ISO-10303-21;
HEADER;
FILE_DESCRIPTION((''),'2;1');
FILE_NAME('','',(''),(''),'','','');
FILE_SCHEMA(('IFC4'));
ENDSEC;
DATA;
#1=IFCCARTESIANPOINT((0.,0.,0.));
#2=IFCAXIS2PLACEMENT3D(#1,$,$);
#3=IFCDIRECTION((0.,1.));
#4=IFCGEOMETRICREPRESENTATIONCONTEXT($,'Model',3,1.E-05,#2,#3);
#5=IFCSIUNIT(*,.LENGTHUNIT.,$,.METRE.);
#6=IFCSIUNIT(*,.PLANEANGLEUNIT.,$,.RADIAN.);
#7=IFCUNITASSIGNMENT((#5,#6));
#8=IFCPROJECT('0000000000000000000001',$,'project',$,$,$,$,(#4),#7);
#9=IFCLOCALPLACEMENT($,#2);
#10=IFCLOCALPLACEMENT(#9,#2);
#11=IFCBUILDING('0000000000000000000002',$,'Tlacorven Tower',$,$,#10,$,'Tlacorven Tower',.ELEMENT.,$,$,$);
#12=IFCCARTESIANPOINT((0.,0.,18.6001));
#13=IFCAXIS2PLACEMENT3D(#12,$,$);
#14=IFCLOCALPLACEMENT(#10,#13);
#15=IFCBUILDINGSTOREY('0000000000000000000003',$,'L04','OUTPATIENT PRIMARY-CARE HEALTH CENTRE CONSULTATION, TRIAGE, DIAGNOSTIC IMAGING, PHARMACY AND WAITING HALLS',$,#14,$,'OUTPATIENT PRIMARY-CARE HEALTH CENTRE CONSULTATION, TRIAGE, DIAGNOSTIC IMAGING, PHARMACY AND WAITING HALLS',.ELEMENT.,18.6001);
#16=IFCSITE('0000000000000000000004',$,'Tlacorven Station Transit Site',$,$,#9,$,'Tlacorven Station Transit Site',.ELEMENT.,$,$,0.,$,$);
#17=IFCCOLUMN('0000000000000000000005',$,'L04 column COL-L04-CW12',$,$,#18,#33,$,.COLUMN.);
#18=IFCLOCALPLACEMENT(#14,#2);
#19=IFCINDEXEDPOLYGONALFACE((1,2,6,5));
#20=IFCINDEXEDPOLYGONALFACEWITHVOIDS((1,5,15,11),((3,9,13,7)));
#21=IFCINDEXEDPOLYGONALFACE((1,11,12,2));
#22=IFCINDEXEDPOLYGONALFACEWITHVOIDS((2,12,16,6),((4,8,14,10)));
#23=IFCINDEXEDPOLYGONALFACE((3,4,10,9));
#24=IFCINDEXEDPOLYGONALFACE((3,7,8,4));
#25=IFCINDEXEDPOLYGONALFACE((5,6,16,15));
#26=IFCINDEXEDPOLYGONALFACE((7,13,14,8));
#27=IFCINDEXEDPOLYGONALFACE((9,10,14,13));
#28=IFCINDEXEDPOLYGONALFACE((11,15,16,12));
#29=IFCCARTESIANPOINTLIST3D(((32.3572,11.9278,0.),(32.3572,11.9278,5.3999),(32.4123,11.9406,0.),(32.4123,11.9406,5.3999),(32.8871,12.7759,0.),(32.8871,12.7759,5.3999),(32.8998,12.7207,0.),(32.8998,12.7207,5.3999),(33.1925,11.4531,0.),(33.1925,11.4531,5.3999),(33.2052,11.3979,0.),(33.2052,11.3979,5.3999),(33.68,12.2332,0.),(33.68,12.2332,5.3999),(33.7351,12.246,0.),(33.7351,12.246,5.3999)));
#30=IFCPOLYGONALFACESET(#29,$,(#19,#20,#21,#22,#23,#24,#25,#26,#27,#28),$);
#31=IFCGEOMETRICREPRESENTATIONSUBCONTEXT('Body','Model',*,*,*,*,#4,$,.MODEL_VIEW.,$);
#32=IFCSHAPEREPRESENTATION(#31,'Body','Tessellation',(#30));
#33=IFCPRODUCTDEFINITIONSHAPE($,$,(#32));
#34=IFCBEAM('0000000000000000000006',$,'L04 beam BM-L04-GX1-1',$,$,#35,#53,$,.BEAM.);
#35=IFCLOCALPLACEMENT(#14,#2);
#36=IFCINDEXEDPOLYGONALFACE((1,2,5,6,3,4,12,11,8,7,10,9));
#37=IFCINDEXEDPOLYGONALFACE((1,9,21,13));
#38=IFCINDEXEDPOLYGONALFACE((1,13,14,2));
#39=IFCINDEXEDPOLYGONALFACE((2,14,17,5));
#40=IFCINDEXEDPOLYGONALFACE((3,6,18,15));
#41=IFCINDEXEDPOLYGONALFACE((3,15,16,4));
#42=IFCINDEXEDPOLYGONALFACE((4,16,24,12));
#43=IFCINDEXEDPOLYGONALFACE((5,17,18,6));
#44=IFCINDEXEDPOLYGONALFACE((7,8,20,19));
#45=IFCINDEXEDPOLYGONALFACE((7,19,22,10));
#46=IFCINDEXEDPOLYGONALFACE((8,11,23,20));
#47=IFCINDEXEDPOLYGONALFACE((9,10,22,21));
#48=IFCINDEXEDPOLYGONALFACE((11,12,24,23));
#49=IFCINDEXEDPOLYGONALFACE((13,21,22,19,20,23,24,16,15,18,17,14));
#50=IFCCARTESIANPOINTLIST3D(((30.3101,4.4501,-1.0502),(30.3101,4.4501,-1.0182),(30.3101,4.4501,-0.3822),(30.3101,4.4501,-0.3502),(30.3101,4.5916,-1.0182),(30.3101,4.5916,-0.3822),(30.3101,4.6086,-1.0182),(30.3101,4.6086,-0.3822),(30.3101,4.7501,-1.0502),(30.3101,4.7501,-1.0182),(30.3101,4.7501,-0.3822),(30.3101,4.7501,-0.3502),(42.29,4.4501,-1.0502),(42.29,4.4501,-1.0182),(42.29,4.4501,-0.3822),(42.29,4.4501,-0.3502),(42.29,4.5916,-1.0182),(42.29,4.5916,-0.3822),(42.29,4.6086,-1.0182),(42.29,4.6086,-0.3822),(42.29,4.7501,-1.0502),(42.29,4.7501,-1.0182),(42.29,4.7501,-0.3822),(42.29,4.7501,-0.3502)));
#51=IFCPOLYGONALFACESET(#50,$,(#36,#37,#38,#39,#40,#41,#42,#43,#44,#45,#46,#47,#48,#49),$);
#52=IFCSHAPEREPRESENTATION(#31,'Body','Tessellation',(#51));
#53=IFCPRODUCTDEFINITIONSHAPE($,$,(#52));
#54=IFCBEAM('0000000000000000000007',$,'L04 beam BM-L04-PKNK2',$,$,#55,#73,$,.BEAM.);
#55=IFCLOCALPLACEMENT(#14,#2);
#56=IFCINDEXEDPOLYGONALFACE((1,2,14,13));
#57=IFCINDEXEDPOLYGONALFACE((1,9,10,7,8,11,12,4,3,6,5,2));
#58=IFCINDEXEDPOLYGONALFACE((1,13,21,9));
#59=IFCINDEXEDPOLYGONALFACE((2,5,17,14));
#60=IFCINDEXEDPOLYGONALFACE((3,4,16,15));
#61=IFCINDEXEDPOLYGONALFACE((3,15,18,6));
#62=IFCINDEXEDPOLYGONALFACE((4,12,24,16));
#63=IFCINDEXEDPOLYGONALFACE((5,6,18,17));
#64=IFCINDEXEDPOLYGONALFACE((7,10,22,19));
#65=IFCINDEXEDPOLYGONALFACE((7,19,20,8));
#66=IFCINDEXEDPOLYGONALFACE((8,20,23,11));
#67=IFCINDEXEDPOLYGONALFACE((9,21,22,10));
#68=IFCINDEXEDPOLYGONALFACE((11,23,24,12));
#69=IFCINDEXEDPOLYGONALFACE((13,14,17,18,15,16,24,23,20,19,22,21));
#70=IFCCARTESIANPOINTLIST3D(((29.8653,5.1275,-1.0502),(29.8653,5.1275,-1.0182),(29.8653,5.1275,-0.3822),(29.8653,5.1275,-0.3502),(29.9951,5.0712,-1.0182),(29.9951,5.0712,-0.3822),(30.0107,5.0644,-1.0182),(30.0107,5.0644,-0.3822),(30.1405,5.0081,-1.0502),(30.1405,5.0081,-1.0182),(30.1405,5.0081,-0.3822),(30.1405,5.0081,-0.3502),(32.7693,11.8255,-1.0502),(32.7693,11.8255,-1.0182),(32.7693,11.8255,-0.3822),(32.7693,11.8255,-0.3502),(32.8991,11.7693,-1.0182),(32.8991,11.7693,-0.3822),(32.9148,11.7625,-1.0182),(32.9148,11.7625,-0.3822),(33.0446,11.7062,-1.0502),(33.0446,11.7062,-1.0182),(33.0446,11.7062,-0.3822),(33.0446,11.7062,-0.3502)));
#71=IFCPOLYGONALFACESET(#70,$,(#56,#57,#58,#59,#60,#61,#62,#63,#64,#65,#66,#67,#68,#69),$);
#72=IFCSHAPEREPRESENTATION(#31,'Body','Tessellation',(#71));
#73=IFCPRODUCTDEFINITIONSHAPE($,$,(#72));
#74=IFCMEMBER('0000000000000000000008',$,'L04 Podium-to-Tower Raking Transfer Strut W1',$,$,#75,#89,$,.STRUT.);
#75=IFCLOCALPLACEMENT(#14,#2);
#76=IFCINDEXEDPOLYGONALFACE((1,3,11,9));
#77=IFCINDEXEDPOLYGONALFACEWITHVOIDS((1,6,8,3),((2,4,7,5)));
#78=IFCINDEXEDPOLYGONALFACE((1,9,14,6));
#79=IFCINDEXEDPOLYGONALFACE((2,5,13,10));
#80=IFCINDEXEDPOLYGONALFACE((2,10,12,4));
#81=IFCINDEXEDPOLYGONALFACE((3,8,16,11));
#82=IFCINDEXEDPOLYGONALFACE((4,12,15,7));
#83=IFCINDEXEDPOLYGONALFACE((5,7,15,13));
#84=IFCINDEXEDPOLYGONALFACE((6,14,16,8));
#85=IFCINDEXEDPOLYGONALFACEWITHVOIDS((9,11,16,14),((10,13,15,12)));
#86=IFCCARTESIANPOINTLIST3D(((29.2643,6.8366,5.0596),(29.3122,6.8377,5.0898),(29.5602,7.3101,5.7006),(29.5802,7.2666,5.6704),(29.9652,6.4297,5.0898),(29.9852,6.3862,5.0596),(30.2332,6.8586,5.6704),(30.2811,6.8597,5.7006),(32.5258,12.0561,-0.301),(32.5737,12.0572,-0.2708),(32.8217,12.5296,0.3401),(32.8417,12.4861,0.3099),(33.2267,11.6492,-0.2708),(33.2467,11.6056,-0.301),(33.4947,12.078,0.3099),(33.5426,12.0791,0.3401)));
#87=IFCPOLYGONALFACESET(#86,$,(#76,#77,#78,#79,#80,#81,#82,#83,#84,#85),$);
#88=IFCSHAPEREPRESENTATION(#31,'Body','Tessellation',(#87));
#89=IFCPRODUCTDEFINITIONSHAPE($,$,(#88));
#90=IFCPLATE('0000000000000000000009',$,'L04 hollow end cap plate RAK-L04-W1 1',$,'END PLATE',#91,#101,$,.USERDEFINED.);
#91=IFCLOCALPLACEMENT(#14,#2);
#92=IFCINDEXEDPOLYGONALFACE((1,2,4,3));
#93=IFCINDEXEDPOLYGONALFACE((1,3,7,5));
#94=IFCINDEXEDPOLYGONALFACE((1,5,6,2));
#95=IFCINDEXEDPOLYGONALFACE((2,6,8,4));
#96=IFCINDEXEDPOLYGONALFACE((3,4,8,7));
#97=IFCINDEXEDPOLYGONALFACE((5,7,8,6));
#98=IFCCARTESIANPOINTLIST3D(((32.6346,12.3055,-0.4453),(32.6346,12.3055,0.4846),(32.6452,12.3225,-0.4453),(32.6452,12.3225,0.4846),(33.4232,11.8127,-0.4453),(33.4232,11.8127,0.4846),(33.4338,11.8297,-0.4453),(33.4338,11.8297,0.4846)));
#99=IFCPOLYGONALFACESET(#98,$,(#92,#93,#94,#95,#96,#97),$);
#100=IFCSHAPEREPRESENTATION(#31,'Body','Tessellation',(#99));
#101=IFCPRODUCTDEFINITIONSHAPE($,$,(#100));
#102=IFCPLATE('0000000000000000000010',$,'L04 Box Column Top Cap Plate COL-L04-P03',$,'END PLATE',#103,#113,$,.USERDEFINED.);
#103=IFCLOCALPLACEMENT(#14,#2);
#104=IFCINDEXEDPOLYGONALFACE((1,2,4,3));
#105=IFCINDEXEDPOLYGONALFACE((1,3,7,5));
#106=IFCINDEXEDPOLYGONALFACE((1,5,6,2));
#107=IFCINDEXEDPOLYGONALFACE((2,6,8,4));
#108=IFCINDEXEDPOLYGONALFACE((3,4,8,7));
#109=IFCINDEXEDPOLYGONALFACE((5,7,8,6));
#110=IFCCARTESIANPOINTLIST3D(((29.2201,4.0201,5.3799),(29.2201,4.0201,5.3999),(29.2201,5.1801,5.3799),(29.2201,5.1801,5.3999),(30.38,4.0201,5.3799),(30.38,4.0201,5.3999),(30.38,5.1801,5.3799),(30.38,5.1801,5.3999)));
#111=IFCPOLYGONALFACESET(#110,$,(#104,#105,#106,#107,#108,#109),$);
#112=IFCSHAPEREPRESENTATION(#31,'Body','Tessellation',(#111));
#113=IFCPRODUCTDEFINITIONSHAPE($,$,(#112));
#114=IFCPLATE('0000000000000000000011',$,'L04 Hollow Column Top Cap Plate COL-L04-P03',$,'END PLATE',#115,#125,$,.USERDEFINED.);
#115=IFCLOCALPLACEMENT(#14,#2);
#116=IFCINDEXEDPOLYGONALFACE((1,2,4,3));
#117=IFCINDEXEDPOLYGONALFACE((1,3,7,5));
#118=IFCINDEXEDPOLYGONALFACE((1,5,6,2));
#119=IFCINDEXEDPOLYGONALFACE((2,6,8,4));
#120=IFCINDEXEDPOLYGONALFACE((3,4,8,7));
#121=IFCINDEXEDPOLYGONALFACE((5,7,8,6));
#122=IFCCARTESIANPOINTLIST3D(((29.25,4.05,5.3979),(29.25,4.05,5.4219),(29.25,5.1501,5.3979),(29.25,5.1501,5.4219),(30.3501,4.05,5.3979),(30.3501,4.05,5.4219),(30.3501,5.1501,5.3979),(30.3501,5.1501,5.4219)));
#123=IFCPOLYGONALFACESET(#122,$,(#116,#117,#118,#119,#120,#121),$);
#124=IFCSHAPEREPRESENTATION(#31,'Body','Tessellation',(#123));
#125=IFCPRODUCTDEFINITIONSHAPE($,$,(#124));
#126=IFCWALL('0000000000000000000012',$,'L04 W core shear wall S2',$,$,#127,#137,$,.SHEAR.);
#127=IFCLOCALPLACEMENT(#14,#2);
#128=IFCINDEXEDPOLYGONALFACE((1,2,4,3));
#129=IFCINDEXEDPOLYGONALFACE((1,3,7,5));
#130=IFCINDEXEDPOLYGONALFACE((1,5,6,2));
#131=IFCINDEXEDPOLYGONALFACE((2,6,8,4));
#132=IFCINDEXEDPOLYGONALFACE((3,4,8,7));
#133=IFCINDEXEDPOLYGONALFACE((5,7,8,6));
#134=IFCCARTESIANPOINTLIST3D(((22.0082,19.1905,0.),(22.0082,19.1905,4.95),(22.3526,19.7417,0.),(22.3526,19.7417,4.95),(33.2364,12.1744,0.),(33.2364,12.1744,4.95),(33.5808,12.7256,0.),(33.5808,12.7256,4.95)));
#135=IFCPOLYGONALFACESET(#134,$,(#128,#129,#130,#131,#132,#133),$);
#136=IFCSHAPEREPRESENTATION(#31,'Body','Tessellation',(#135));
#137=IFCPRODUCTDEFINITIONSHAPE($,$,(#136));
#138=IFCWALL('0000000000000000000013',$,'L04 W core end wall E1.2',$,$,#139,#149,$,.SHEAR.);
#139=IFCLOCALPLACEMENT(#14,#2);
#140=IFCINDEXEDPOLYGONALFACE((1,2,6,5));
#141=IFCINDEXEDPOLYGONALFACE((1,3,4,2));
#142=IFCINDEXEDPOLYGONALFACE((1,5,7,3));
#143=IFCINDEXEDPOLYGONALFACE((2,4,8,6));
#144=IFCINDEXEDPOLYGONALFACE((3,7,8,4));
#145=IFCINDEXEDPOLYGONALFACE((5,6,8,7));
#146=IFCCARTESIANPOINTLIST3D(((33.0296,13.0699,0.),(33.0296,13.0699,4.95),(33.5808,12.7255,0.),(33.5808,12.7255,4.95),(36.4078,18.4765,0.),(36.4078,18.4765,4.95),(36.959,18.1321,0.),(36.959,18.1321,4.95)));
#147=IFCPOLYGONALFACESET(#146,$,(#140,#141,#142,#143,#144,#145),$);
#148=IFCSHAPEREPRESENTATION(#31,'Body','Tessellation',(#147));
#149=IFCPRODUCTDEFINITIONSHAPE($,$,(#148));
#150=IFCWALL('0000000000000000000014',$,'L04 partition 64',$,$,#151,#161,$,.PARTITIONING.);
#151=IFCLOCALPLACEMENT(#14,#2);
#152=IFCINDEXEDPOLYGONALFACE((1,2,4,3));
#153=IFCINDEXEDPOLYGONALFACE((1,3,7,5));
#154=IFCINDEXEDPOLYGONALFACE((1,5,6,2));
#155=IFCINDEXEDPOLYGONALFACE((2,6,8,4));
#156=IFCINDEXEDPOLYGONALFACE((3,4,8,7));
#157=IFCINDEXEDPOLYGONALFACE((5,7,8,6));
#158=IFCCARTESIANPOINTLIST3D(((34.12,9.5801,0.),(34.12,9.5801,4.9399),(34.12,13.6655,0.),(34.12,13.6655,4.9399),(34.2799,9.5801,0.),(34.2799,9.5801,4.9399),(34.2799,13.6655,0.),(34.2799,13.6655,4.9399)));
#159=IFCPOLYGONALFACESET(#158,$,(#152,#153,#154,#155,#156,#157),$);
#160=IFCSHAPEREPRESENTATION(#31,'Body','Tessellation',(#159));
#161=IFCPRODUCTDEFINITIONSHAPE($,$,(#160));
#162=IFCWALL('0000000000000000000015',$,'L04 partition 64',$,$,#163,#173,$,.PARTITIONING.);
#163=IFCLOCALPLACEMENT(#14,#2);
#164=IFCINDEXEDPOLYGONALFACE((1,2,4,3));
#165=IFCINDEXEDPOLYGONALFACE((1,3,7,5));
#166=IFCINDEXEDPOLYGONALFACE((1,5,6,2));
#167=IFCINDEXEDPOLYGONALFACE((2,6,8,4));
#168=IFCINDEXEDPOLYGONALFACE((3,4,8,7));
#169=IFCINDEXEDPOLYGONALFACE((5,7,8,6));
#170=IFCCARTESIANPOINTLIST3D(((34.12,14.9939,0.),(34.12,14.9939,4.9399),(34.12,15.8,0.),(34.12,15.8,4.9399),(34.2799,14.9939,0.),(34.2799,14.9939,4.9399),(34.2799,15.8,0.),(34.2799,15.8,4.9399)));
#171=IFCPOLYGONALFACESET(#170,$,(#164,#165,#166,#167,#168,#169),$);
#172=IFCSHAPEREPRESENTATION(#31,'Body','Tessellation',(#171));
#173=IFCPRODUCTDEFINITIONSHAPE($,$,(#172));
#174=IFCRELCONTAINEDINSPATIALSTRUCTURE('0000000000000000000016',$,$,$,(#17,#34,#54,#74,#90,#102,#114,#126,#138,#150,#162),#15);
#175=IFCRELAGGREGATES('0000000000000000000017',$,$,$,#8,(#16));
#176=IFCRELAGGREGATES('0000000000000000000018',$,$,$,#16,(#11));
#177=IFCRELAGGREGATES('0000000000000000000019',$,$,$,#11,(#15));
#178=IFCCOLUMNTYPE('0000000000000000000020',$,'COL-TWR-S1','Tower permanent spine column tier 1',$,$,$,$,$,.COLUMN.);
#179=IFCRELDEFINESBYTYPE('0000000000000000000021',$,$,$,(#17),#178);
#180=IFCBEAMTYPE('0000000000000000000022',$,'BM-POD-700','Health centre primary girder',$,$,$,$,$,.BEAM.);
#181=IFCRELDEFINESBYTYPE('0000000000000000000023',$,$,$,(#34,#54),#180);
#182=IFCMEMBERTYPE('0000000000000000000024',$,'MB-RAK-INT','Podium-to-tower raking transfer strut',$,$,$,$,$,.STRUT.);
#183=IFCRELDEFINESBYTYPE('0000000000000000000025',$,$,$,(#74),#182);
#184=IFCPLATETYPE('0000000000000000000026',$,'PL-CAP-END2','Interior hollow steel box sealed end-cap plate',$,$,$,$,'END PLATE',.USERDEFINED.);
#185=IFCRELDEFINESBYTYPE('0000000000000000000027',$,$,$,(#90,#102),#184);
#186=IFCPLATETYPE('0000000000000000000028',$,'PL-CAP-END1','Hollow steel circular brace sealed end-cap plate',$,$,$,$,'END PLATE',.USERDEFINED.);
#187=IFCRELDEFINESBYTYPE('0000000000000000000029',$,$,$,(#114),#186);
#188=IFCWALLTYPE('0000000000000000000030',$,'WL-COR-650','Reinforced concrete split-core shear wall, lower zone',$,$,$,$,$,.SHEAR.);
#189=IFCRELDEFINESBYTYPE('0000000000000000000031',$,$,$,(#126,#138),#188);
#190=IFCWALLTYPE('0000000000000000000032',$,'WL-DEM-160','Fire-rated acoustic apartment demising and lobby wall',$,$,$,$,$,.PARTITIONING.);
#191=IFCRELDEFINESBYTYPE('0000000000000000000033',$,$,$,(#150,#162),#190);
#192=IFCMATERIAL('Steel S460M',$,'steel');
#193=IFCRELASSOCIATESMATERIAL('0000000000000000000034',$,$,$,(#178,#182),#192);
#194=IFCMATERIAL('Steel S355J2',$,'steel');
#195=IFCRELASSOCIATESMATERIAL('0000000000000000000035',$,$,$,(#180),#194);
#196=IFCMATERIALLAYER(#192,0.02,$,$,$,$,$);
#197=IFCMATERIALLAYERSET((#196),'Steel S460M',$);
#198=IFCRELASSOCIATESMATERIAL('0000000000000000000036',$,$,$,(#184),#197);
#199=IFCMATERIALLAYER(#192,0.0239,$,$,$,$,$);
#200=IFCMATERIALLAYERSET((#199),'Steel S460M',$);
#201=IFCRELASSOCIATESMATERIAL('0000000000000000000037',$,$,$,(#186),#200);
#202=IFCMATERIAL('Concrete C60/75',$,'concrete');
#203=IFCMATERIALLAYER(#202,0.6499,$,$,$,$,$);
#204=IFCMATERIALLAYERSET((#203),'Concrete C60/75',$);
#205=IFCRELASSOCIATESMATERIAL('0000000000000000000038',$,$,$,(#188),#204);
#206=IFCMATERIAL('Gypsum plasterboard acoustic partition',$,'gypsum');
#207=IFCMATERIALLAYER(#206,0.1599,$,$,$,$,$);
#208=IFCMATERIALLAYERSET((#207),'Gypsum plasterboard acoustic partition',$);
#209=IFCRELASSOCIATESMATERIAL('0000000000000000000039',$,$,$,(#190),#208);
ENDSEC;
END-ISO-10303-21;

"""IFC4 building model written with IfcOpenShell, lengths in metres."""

from ifc_helpers import new_model, si_unit, direction, frame, frame_2d, origin, origin_2d, place, context, subcontext, project, spatial, rectangle, hollow_rectangle, i_section, extrude, source, transform, mapped, material, layer, layer_set, material_profile, profile_set, type_object, element, save


model = new_model("IFC4")

# Units and contexts
model_context = context("Model", 3, precision=1e-05, world=origin(), true_north=direction((0.0, 1.0)))
body_context = subcontext(model_context, "Body", "Model", "MODEL_VIEW")
ifc_project = project(units=[si_unit("LENGTHUNIT", "METRE"), si_unit("PLANEANGLEUNIT", "RADIAN")], contexts=[model_context])

# Site, building, storey
site_placement = place(None, origin())
site = spatial("IfcSite", under=ifc_project, at=site_placement, Name="Tlacorven Station Transit Site", LongName="Tlacorven Station Transit Site", CompositionType="ELEMENT", RefElevation=0.0)
building_placement = place(site_placement, origin())
building = spatial("IfcBuilding", under=site, at=building_placement, Name="Tlacorven Tower", LongName="Tlacorven Tower", CompositionType="ELEMENT")
storey_placement = place(building_placement, frame((0.0, 0.0, 18.6001)))
storey = spatial("IfcBuildingStorey", under=building, at=storey_placement, Name="L04", Description="OUTPATIENT PRIMARY-CARE HEALTH CENTRE CONSULTATION, TRIAGE, DIAGNOSTIC IMAGING, PHARMACY AND WAITING HALLS", LongName="OUTPATIENT PRIMARY-CARE HEALTH CENTRE CONSULTATION, TRIAGE, DIAGNOSTIC IMAGING, PHARMACY AND WAITING HALLS", CompositionType="ELEMENT", Elevation=18.6001)

# Column
ifc_material_1 = material(Name="Steel S460M", Category="steel")
ifc_material_profile_1 = material_profile(ifc_material_1, hollow_rectangle(XDim=1.0, YDim=1.0, WallThickness=0.04, at=origin_2d()), Name="BOX 1000X1000X40")
ifc_profile_set_1 = profile_set([ifc_material_profile_1], Name="Steel S460M")
column_type = type_object("IfcColumnType", Name="COL-TWR-S1", Description="Tower permanent spine column tier 1", PredefinedType="COLUMN", material=ifc_profile_set_1)
shared_shape_1 = source(origin(), body_context, "Body", "SweptSolid", [
    extrude(hollow_rectangle(XDim=1.0, YDim=1.0, WallThickness=0.04, at=origin_2d()), origin(), (0.0, 0.0, 1.0), 5.3999),
])
column_placement = place(storey_placement, frame((33.0461, 12.0869, 0.0), z_axis=(0.0, 0.0, 1.0), x_axis=(-0.848048, 0.529919, 0.0)))
element("IfcColumn", 1, at=column_placement, inside=storey, type_object=column_type, Name="L04 column COL-L04-CW12", PredefinedType="COLUMN", context=body_context, shape_type="MappedRepresentation", body=[
    mapped(shared_shape_1, transform((0.0, 0.0, 0.0), scale=1.0)),
])

# Beams
ifc_material_2 = material(Name="Steel S355J2", Category="steel")
ifc_material_profile_2 = material_profile(ifc_material_2, i_section(OverallWidth=0.3, OverallDepth=0.7, WebThickness=0.0171, FlangeThickness=0.032, at=origin_2d()), Name="HEB 700")
ifc_profile_set_2 = profile_set([ifc_material_profile_2], Name="Steel S355J2")
beam_type = type_object("IfcBeamType", Name="BM-POD-700", Description="Health centre primary girder", PredefinedType="BEAM", material=ifc_profile_set_2)
shared_shape_2 = source(origin(), body_context, "Body", "SweptSolid", [
    extrude(i_section(OverallWidth=0.3, OverallDepth=0.7, WebThickness=0.0171, FlangeThickness=0.032, at=origin_2d()), origin(), (0.0, 0.0, 1.0), 11.98),
])
beam_1_placement = place(storey_placement, frame((30.3101, 4.6001, -0.7002), z_axis=(1.0, 0.0, 0.0), x_axis=(0.0, 1.0, 0.0)))
element("IfcBeam", 2, at=beam_1_placement, inside=storey, type_object=beam_type, Name="L04 beam BM-L04-GX1-1", PredefinedType="BEAM", context=body_context, shape_type="MappedRepresentation", body=[
    mapped(shared_shape_2, transform((0.0, 0.0, 0.0), scale=1.0)),
])
shared_shape_3 = source(origin(), body_context, "Body", "SweptSolid", [
    extrude(i_section(OverallWidth=0.3, OverallDepth=0.7, WebThickness=0.0171, FlangeThickness=0.032, at=origin_2d()), origin(), (0.0, 0.0, 1.0), 7.3005),
])
beam_2_placement = place(storey_placement, frame((32.907, 11.7659, -0.7002), z_axis=(-0.39779, -0.917476, 0.0), x_axis=(0.917476, -0.39779, 0.0)))
element("IfcBeam", 3, at=beam_2_placement, inside=storey, type_object=beam_type, Name="L04 beam BM-L04-PKNK2", PredefinedType="BEAM", context=body_context, shape_type="MappedRepresentation", body=[
    mapped(shared_shape_3, transform((0.0, 0.0, 0.0), scale=1.0)),
])

# Member
ifc_material_profile_3 = material_profile(ifc_material_1, hollow_rectangle(XDim=0.8501, YDim=0.8501, WallThickness=0.04, at=origin_2d()), Name="BOX 850X850X40")
ifc_profile_set_3 = profile_set([ifc_material_profile_3], Name="Steel S460M")
member_type = type_object("IfcMemberType", Name="MB-RAK-INT", Description="Podium-to-tower raking transfer strut", PredefinedType="STRUT", material=ifc_profile_set_3)
shared_shape_4 = source(origin(), body_context, "Body", "SweptSolid", [
    extrude(hollow_rectangle(XDim=0.8501, YDim=0.8501, WallThickness=0.04, at=origin_2d()), origin(), (0.0, 0.0, 1.0), 8.1619),
])
member_placement = place(storey_placement, frame((33.0342, 12.0676, 0.0195), z_axis=(-0.399599, -0.639496, 0.656785), x_axis=(0.84805, -0.529917, 0.0)))
element("IfcMember", 4, at=member_placement, inside=storey, type_object=member_type, Name="L04 Podium-to-Tower Raking Transfer Strut W1", PredefinedType="STRUT", context=body_context, shape_type="MappedRepresentation", body=[
    mapped(shared_shape_4, transform((0.0, 0.0, 0.0), scale=1.0)),
])

# Plates
ifc_layer_1 = layer(ifc_material_1, 0.02)
ifc_layer_set_1 = layer_set([ifc_layer_1], Name="Steel S460M")
plate_type_1 = type_object("IfcPlateType", Name="PL-CAP-END2", Description="Interior hollow steel box sealed end-cap plate", ElementType="END PLATE", PredefinedType="USERDEFINED", material=ifc_layer_set_1)
shared_shape_5 = source(origin(), body_context, "Body", "SweptSolid", [
    extrude(rectangle(XDim=0.02, YDim=0.9299, at=origin_2d()), origin(), (0.0, 0.0, 1.0), 0.9299),
])
plate_1_placement = place(storey_placement, frame((33.0342, 12.0676, -0.4453), z_axis=(0.0, 0.0, 1.0), x_axis=(-0.529919, -0.848048, 0.0)))
element("IfcPlate", 5, at=plate_1_placement, inside=storey, type_object=plate_type_1, Name="L04 hollow end cap plate RAK-L04-W1 1", ObjectType="END PLATE", PredefinedType="USERDEFINED", context=body_context, shape_type="MappedRepresentation", body=[
    mapped(shared_shape_5, transform((0.0, 0.0, 0.0), scale=1.0)),
])
shared_shape_6 = source(origin(), body_context, "Body", "SweptSolid", [
    extrude(rectangle(XDim=1.1599, YDim=1.1599, at=origin_2d()), origin(), (0.0, 0.0, 1.0), 0.02),
])
plate_2_placement = place(storey_placement, frame((29.8, 4.6001, 5.3799), z_axis=(0.0, 0.0, 1.0), x_axis=(1.0, 0.0, 0.0)))
element("IfcPlate", 6, at=plate_2_placement, inside=storey, type_object=plate_type_1, Name="L04 Box Column Top Cap Plate COL-L04-P03", ObjectType="END PLATE", PredefinedType="USERDEFINED", context=body_context, shape_type="MappedRepresentation", body=[
    mapped(shared_shape_6, transform((0.0, 0.0, 0.0), scale=1.0)),
])
ifc_layer_2 = layer(ifc_material_1, 0.0239)
ifc_layer_set_2 = layer_set([ifc_layer_2], Name="Steel S460M")
plate_type_2 = type_object("IfcPlateType", Name="PL-CAP-END1", Description="Hollow steel circular brace sealed end-cap plate", ElementType="END PLATE", PredefinedType="USERDEFINED", material=ifc_layer_set_2)
shared_shape_7 = source(origin(), body_context, "Body", "SweptSolid", [
    extrude(rectangle(XDim=1.1001, YDim=1.1001, at=origin_2d()), origin(), (0.0, 0.0, 1.0), 0.0239),
])
plate_3_placement = place(storey_placement, frame((29.8, 4.6001, 5.3979), z_axis=(0.0, 0.0, 1.0), x_axis=(1.0, 0.0, 0.0)))
element("IfcPlate", 7, at=plate_3_placement, inside=storey, type_object=plate_type_2, Name="L04 Hollow Column Top Cap Plate COL-L04-P03", ObjectType="END PLATE", PredefinedType="USERDEFINED", context=body_context, shape_type="MappedRepresentation", body=[
    mapped(shared_shape_7, transform((0.0, 0.0, 0.0), scale=1.0)),
])

# Walls
ifc_material_3 = material(Name="Concrete C60/75", Category="concrete")
ifc_layer_3 = layer(ifc_material_3, 0.6499)
ifc_layer_set_3 = layer_set([ifc_layer_3], Name="Concrete C60/75")
wall_type_1 = type_object("IfcWallType", Name="WL-COR-650", Description="Reinforced concrete split-core shear wall, lower zone", PredefinedType="SHEAR", material=ifc_layer_set_3)
wall_1_placement = place(storey_placement, frame((33.4087, 12.45, 0.0), z_axis=(0.0, 0.0, 1.0), x_axis=(-0.848051, 0.529914, 0.0)))
element("IfcWall", 8, at=wall_1_placement, inside=storey, type_object=wall_type_1, Name="L04 W core shear wall S2", PredefinedType="SHEAR", context=body_context, shape_type="SweptSolid", body=[
    extrude(rectangle(XDim=13.24, YDim=0.6499, at=frame_2d((6.6201, 0.0))), origin(), (0.0, 0.0, 1.0), 4.95),
])
wall_2_placement = place(storey_placement, frame((36.6833, 18.3042, 0.0), z_axis=(0.0, 0.0, 1.0), x_axis=(-0.529899, -0.848061, 0.0)))
element("IfcWall", 9, at=wall_2_placement, inside=storey, type_object=wall_type_1, Name="L04 W core end wall E1.2", PredefinedType="SHEAR", context=body_context, shape_type="SweptSolid", body=[
    extrude(rectangle(XDim=6.3752, YDim=0.6499, at=frame_2d((3.1875, 0.0))), origin(), (0.0, 0.0, 1.0), 4.95),
])
ifc_material_4 = material(Name="Gypsum plasterboard acoustic partition", Category="gypsum")
ifc_layer_4 = layer(ifc_material_4, 0.1599)
ifc_layer_set_4 = layer_set([ifc_layer_4], Name="Gypsum plasterboard acoustic partition")
wall_type_2 = type_object("IfcWallType", Name="WL-DEM-160", Description="Fire-rated acoustic apartment demising and lobby wall", PredefinedType="PARTITIONING", material=ifc_layer_set_4)
wall_3_placement = place(storey_placement, frame((34.2, 9.5801, 0.0), z_axis=(0.0, 0.0, 1.0), x_axis=(0.0, 1.0, 0.0)))
element("IfcWall", 10, at=wall_3_placement, inside=storey, type_object=wall_type_2, Name="L04 partition 64", PredefinedType="PARTITIONING", context=body_context, shape_type="SweptSolid", body=[
    extrude(rectangle(XDim=4.0854, YDim=0.1599, at=frame_2d((2.0427, 0.0))), origin(), (0.0, 0.0, 1.0), 4.9399),
])
wall_4_placement = place(storey_placement, frame((34.2, 14.9939, 0.0), z_axis=(0.0, 0.0, 1.0), x_axis=(0.0, 1.0, 0.0)))
element("IfcWall", 11, at=wall_4_placement, inside=storey, type_object=wall_type_2, Name="L04 partition 64", PredefinedType="PARTITIONING", context=body_context, shape_type="SweptSolid", body=[
    extrude(rectangle(XDim=0.8062, YDim=0.1599, at=frame_2d((0.4031, 0.0))), origin(), (0.0, 0.0, 1.0), 4.9399),
])

save(model, "model.ifc")
